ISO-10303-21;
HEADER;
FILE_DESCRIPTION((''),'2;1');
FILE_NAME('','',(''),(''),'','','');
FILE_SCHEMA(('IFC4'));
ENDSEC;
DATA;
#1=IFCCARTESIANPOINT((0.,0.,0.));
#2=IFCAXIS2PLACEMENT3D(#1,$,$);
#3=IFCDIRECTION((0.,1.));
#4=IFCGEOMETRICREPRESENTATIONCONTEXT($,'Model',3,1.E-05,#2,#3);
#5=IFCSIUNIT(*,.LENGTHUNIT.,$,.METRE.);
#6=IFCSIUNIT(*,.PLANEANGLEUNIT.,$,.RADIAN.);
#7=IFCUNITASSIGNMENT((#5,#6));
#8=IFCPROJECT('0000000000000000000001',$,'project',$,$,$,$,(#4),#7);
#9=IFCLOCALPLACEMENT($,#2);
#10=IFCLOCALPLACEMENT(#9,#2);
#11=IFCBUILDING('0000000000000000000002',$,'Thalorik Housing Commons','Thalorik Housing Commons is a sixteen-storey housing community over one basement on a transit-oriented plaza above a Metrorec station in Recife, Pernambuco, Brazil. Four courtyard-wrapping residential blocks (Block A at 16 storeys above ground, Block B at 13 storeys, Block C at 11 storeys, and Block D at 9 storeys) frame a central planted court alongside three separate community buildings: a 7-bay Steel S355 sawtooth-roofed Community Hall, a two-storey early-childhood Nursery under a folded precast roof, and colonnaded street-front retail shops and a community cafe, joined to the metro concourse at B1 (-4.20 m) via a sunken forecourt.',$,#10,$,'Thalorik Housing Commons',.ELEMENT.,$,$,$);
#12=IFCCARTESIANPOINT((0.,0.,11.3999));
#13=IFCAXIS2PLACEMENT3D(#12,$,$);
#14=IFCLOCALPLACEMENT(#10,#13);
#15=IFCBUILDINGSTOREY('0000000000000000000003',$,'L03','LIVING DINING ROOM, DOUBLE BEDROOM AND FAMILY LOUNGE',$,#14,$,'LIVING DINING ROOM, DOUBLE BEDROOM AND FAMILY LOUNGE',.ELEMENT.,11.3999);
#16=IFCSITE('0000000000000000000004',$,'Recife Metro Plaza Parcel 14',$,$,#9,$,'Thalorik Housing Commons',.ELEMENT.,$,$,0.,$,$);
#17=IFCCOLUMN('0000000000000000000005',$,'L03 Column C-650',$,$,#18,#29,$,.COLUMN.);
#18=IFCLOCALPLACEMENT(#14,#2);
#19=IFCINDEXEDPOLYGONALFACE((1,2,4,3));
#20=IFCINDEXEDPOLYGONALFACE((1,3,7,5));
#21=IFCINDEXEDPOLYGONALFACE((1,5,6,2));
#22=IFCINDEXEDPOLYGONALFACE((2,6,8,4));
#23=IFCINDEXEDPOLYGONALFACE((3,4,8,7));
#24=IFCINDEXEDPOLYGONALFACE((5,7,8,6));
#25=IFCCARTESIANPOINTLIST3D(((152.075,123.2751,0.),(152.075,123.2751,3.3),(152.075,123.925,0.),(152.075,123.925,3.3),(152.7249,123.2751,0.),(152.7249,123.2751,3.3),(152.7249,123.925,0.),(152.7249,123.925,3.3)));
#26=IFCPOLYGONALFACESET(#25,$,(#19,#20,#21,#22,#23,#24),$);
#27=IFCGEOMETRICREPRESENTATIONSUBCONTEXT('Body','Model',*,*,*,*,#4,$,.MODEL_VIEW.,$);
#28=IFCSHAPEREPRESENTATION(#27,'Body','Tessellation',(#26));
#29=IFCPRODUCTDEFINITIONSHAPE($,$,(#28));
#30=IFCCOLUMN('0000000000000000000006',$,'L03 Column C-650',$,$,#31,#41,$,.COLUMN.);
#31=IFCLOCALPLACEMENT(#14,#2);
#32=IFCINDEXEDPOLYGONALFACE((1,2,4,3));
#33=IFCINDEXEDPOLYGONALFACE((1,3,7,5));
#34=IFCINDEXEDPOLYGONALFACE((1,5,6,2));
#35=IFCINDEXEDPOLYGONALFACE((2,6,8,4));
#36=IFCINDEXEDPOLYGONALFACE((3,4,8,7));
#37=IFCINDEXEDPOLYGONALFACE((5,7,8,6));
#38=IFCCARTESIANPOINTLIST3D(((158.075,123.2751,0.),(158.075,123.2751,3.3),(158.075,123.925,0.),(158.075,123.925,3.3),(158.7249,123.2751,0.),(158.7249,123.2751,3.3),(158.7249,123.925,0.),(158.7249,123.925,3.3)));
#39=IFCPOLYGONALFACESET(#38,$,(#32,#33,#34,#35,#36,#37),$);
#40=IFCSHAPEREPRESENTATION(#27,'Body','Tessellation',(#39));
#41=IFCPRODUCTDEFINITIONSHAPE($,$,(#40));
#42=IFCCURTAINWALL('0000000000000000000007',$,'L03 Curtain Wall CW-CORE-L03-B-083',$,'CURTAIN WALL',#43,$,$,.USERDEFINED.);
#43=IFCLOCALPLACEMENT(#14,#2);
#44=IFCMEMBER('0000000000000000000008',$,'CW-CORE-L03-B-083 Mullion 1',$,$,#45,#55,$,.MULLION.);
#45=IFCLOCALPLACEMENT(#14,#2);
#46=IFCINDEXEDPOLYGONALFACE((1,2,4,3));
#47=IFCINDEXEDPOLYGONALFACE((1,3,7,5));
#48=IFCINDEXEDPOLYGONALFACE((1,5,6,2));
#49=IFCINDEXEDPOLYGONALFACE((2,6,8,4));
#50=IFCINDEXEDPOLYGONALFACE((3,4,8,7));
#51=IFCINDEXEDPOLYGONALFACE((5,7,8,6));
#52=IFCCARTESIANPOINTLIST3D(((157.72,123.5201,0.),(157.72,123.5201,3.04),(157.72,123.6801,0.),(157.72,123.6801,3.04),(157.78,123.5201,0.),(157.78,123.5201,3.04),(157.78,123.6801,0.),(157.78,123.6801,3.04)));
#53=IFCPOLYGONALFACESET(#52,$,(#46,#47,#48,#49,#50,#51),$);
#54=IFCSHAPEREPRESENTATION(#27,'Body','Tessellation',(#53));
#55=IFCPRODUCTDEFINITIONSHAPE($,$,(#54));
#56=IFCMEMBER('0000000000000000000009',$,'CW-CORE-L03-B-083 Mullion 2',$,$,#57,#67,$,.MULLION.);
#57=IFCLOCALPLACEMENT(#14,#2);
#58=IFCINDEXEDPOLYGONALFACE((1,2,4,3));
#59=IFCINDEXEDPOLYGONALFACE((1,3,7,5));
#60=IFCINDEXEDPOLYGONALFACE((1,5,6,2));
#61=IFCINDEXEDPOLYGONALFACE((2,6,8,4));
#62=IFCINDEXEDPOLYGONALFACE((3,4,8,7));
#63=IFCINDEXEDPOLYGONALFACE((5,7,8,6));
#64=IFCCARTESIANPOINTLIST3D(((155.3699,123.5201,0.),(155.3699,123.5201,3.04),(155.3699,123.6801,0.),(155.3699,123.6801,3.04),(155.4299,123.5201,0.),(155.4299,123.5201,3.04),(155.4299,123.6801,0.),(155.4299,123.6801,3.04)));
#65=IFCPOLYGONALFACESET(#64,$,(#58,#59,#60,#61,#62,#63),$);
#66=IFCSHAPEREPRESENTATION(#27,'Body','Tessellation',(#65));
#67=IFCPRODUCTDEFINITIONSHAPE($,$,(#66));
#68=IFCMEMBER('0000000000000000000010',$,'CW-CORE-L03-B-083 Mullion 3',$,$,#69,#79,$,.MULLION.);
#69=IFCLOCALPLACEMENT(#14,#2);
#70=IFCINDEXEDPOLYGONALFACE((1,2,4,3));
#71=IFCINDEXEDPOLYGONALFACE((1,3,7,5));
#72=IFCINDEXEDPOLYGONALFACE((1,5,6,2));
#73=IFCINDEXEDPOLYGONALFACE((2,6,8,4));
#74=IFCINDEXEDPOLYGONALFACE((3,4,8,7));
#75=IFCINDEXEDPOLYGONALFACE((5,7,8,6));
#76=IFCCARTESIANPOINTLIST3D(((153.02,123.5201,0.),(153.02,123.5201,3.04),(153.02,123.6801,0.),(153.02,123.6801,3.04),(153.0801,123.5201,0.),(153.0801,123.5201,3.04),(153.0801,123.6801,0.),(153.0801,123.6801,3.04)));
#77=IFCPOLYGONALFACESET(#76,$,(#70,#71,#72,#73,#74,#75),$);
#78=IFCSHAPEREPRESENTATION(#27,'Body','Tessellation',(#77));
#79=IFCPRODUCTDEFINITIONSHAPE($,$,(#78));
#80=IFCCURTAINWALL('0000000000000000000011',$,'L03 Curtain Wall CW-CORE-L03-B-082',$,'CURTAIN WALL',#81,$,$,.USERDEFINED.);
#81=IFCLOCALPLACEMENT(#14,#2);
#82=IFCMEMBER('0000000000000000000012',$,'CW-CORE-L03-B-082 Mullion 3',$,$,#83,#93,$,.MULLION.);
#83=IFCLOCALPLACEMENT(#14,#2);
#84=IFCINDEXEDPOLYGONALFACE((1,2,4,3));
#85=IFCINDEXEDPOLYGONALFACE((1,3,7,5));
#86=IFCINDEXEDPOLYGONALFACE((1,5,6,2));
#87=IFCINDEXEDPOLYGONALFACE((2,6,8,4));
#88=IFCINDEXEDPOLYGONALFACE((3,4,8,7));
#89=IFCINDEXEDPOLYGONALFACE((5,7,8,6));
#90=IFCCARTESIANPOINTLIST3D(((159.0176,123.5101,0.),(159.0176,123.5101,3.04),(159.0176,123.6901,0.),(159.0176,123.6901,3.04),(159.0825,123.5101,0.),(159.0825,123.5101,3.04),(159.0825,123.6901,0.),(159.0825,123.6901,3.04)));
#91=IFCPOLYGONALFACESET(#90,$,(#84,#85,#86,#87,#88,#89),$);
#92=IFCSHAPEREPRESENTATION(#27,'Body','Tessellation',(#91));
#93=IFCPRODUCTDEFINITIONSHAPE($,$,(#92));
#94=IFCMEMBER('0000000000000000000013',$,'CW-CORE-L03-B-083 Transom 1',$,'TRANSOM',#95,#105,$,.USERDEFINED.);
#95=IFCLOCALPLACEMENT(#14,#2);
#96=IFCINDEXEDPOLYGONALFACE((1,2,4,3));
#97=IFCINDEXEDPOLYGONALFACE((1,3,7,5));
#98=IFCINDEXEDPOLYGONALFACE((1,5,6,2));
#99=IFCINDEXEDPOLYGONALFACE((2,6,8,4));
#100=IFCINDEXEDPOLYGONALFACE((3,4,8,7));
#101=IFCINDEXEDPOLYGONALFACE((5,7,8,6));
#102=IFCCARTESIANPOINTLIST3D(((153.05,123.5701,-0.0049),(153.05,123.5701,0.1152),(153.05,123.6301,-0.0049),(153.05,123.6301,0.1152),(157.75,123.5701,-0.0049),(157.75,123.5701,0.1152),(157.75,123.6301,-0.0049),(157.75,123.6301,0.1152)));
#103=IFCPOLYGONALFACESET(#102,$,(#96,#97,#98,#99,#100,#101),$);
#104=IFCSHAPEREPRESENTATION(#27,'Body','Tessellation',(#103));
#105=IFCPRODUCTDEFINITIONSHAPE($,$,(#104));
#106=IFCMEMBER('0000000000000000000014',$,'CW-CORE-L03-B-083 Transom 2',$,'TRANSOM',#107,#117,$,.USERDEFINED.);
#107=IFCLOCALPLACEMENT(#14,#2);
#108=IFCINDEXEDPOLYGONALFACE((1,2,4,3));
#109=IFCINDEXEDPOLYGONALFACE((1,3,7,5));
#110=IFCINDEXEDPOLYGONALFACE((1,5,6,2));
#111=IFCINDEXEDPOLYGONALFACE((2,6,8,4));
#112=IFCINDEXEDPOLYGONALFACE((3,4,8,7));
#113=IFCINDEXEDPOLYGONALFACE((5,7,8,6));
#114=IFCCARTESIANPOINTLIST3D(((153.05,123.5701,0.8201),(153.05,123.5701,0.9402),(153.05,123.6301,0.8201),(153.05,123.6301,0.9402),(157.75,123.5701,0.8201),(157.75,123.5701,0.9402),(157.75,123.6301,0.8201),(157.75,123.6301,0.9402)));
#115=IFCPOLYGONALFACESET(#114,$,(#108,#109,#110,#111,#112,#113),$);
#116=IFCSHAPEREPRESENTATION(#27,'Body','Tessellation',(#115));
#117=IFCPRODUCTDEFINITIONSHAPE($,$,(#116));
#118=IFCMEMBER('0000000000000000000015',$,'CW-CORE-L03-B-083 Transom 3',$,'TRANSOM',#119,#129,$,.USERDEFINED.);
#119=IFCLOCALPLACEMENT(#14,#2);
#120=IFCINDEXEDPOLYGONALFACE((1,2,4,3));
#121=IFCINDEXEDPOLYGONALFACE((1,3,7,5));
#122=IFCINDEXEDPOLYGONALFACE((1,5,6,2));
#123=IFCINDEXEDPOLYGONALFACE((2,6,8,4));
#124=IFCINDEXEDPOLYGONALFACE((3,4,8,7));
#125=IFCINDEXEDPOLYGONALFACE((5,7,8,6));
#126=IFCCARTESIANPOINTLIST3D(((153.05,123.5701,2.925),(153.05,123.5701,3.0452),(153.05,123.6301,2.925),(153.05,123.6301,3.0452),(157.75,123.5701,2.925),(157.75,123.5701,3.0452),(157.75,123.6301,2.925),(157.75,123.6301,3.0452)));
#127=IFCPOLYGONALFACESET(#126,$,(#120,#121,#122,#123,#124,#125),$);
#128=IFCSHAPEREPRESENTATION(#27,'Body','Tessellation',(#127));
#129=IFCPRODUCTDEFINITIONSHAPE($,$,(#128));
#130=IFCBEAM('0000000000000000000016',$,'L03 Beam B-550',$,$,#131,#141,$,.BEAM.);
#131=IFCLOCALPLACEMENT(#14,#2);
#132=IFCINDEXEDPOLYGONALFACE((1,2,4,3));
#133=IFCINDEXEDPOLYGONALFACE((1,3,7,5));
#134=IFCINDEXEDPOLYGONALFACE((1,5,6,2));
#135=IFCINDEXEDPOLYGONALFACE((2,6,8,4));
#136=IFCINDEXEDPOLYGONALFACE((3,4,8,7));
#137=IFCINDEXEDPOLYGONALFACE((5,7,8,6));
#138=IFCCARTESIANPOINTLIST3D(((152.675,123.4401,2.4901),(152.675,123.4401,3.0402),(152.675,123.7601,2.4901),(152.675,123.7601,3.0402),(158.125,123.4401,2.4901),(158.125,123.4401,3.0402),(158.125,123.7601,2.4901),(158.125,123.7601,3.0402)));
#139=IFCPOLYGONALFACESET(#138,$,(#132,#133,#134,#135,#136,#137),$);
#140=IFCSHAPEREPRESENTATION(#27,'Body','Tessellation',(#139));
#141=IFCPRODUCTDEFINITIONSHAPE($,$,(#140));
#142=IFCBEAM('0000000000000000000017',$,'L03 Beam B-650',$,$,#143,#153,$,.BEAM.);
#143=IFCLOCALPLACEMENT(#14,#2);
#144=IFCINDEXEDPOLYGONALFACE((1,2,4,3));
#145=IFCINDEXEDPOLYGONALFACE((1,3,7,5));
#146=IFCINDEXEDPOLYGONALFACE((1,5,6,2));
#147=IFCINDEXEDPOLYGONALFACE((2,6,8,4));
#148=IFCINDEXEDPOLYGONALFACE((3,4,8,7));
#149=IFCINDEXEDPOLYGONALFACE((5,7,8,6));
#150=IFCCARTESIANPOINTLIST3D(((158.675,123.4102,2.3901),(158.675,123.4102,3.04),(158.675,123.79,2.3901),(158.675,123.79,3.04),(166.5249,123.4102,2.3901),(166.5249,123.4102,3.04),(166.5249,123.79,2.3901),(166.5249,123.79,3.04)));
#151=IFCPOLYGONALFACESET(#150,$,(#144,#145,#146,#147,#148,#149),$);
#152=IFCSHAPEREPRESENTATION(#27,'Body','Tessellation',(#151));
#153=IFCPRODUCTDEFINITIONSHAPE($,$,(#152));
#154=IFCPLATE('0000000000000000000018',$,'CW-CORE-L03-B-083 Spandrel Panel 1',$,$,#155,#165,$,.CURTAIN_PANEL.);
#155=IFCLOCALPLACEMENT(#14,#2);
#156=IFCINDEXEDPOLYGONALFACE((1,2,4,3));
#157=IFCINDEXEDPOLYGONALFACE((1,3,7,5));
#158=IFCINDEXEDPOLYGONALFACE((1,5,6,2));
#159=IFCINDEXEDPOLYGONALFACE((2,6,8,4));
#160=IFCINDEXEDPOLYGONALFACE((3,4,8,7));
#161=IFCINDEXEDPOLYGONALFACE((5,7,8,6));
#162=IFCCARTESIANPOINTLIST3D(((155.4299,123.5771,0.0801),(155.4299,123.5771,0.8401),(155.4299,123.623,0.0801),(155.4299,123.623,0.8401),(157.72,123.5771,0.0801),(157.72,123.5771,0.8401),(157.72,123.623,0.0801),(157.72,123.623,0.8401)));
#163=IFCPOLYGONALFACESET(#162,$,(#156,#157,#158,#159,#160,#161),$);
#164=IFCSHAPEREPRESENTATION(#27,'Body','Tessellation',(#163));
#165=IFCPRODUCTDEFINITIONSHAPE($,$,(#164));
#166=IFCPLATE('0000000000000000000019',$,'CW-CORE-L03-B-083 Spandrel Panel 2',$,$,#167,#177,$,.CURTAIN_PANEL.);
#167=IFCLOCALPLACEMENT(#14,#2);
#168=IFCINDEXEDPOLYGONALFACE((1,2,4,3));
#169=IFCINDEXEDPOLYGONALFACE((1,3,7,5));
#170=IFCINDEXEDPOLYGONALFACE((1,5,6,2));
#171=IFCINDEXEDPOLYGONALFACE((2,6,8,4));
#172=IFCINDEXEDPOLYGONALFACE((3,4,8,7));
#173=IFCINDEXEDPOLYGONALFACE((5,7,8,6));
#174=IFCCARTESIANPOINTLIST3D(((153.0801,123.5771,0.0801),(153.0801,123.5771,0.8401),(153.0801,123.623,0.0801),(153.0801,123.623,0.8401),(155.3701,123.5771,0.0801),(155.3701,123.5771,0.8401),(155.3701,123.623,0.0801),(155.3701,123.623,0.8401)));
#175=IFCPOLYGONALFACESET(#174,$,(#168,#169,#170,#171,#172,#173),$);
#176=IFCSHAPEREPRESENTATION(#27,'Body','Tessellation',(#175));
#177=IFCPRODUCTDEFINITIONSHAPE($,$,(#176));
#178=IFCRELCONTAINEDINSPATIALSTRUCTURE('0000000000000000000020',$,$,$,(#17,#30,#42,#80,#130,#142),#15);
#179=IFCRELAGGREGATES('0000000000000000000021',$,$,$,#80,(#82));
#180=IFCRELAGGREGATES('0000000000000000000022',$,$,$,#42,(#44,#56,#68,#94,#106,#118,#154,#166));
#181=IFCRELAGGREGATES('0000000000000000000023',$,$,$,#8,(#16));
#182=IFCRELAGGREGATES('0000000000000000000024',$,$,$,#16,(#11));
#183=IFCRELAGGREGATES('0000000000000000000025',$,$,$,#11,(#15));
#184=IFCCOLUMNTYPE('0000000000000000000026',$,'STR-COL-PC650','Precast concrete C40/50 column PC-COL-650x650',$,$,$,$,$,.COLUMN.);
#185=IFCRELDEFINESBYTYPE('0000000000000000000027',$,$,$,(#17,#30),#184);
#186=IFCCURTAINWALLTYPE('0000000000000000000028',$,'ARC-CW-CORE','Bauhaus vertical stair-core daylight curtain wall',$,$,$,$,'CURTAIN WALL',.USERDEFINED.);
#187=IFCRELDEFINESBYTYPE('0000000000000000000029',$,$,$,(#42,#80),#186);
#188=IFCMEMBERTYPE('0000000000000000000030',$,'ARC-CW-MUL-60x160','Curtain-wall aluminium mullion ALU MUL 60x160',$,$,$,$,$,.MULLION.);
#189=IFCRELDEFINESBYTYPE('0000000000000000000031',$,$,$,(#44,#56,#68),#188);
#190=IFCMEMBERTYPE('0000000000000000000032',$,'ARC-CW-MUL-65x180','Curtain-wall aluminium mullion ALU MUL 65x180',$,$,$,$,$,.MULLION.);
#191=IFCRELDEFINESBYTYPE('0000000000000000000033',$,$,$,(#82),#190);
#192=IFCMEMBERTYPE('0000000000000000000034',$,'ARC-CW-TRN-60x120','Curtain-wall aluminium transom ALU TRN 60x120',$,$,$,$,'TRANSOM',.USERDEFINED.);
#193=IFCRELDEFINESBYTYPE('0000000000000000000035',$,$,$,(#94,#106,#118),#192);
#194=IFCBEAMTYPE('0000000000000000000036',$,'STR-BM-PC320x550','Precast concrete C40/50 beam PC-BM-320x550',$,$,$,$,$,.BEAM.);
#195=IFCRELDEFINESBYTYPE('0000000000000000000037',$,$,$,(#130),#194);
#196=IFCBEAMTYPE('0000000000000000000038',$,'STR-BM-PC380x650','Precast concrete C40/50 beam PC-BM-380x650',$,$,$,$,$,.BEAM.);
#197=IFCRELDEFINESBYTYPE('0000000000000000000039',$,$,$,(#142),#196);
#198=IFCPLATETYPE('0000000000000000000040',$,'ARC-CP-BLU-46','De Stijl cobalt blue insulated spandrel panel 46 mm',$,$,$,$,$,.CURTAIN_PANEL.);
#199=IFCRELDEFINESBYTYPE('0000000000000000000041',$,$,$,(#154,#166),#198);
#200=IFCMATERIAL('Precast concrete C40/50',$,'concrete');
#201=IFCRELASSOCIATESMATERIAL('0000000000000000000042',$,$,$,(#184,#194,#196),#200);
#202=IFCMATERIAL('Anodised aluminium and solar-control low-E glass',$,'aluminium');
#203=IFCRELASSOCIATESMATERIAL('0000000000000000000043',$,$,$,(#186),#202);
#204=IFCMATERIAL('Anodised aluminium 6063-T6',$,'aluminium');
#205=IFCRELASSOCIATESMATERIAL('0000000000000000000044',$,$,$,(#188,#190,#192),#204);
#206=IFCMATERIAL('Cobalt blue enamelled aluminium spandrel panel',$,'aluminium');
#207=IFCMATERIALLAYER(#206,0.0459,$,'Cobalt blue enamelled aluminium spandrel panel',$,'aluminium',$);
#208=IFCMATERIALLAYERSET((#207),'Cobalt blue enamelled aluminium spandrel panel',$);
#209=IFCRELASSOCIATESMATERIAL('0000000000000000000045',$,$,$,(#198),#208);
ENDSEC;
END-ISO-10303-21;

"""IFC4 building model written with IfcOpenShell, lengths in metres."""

from ifc_helpers import new_model, si_unit, direction, frame, origin, origin_2d, place, context, subcontext, project, spatial, rectangle, extrude, material, layer, layer_set, material_profile, profile_set, type_object, element, aggregate, save


model = new_model("IFC4")

# Units and contexts
model_context = context("Model", 3, precision=1e-05, world=origin(), true_north=direction((0.0, 1.0)))
body_context = subcontext(model_context, "Body", "Model", "MODEL_VIEW")
ifc_project = project(units=[si_unit("LENGTHUNIT", "METRE"), si_unit("PLANEANGLEUNIT", "RADIAN")], contexts=[model_context])

# Site, building, storey
site_placement = place(None, origin())
site = spatial("IfcSite", under=ifc_project, at=site_placement, Name="Recife Metro Plaza Parcel 14", LongName="Thalorik Housing Commons", CompositionType="ELEMENT", RefElevation=0.0)
building_placement = place(site_placement, origin())
building = spatial("IfcBuilding", under=site, at=building_placement, Name="Thalorik Housing Commons", Description="Thalorik Housing Commons is a sixteen-storey housing community over one basement on a transit-oriented plaza above a Metrorec station in Recife, Pernambuco, Brazil. Four courtyard-wrapping residential blocks (Block A at 16 storeys above ground, Block B at 13 storeys, Block C at 11 storeys, and Block D at 9 storeys) frame a central planted court alongside three separate community buildings: a 7-bay Steel S355 sawtooth-roofed Community Hall, a two-storey early-childhood Nursery under a folded precast roof, and colonnaded street-front retail shops and a community cafe, joined to the metro concourse at B1 (-4.20 m) via a sunken forecourt.", LongName="Thalorik Housing Commons", CompositionType="ELEMENT")
storey_placement = place(building_placement, frame((0.0, 0.0, 11.3999)))
storey = spatial("IfcBuildingStorey", under=building, at=storey_placement, Name="L03", Description="LIVING DINING ROOM, DOUBLE BEDROOM AND FAMILY LOUNGE", LongName="LIVING DINING ROOM, DOUBLE BEDROOM AND FAMILY LOUNGE", CompositionType="ELEMENT", Elevation=11.3999)

# Columns
ifc_material_1 = material(Name="Precast concrete C40/50", Category="concrete")
ifc_material_profile_1 = material_profile(ifc_material_1, rectangle(XDim=0.6499, YDim=0.6499, at=origin_2d()), Name="PC 650x650", Category="concrete")
ifc_profile_set_1 = profile_set([ifc_material_profile_1], Name="Precast concrete C40/50")
column_type = type_object("IfcColumnType", Name="STR-COL-PC650", Description="Precast concrete C40/50 column PC-COL-650x650", PredefinedType="COLUMN", material=ifc_profile_set_1)
for number, where, z_axis, x_axis, name in (
    (1, (152.3999, 123.6001, 0.0), (0.0, 0.0, 1.0), (1.0, 0.0, 0.0), "L03 Column C-650"),
    (2, (158.3999, 123.6001, 0.0), (0.0, 0.0, 1.0), (1.0, 0.0, 0.0), "L03 Column C-650"),
):
    element("IfcColumn", number, at=place(storey_placement, frame(where, z_axis=z_axis, x_axis=x_axis)), inside=storey, type_object=column_type, Name=name, PredefinedType="COLUMN", context=body_context, shape_type="SweptSolid", body=[
        extrude(rectangle(XDim=0.6499, YDim=0.6499, at=origin_2d()), origin(), (0.0, 0.0, 1.0), 3.3),
    ])

# Curtain wall, members
ifc_material_2 = material(Name="Anodised aluminium and solar-control low-E glass", Category="aluminium")
curtain_wall_type = type_object("IfcCurtainWallType", Name="ARC-CW-CORE", Description="Bauhaus vertical stair-core daylight curtain wall", ElementType="CURTAIN WALL", PredefinedType="USERDEFINED", material=ifc_material_2)
curtain_wall_1_placement = place(storey_placement, origin())
curtain_wall_1 = element("IfcCurtainWall", 3, at=curtain_wall_1_placement, inside=storey, type_object=curtain_wall_type, Name="L03 Curtain Wall CW-CORE-L03-B-083", ObjectType="CURTAIN WALL", PredefinedType="USERDEFINED")
ifc_material_3 = material(Name="Anodised aluminium 6063-T6", Category="aluminium")
ifc_material_profile_2 = material_profile(ifc_material_3, rectangle(XDim=0.0601, YDim=0.1599, at=origin_2d()), Name="ALU MUL 60x160", Category="aluminium")
ifc_profile_set_2 = profile_set([ifc_material_profile_2], Name="Anodised aluminium 6063-T6")
member_type_1 = type_object("IfcMemberType", Name="ARC-CW-MUL-60x160", Description="Curtain-wall aluminium mullion ALU MUL 60x160", PredefinedType="MULLION", material=ifc_profile_set_2)
member_1_placement = place(storey_placement, frame((157.75, 123.6001, 0.0), z_axis=(0.0, 0.0, 1.0), x_axis=(-1.0, 0.0, 0.0)))
member_1 = element("IfcMember", 4, at=member_1_placement, type_object=member_type_1, Name="CW-CORE-L03-B-083 Mullion 1", PredefinedType="MULLION", context=body_context, shape_type="SweptSolid", body=[
    extrude(rectangle(XDim=0.0601, YDim=0.1599, at=origin_2d()), origin(), (0.0, 0.0, 1.0), 3.04),
])
member_2_placement = place(storey_placement, frame((155.3999, 123.6001, 0.0), z_axis=(0.0, 0.0, 1.0), x_axis=(-1.0, 0.0, 0.0)))
member_2 = element("IfcMember", 5, at=member_2_placement, type_object=member_type_1, Name="CW-CORE-L03-B-083 Mullion 2", PredefinedType="MULLION", context=body_context, shape_type="SweptSolid", body=[
    extrude(rectangle(XDim=0.0601, YDim=0.1599, at=origin_2d()), origin(), (0.0, 0.0, 1.0), 3.04),
])
member_3_placement = place(storey_placement, frame((153.05, 123.6001, 0.0), z_axis=(0.0, 0.0, 1.0), x_axis=(-1.0, 0.0, 0.0)))
member_3 = element("IfcMember", 6, at=member_3_placement, type_object=member_type_1, Name="CW-CORE-L03-B-083 Mullion 3", PredefinedType="MULLION", context=body_context, shape_type="SweptSolid", body=[
    extrude(rectangle(XDim=0.0601, YDim=0.1599, at=origin_2d()), origin(), (0.0, 0.0, 1.0), 3.04),
])

# Curtain wall, member
curtain_wall_2_placement = place(storey_placement, origin())
curtain_wall_2 = element("IfcCurtainWall", 7, at=curtain_wall_2_placement, inside=storey, type_object=curtain_wall_type, Name="L03 Curtain Wall CW-CORE-L03-B-082", ObjectType="CURTAIN WALL", PredefinedType="USERDEFINED")
ifc_material_profile_3 = material_profile(ifc_material_3, rectangle(XDim=0.0649, YDim=0.1799, at=origin_2d()), Name="ALU MUL 65x180", Category="aluminium")
ifc_profile_set_3 = profile_set([ifc_material_profile_3], Name="Anodised aluminium 6063-T6")
member_type_2 = type_object("IfcMemberType", Name="ARC-CW-MUL-65x180", Description="Curtain-wall aluminium mullion ALU MUL 65x180", PredefinedType="MULLION", material=ifc_profile_set_3)
member_4_placement = place(storey_placement, frame((159.05, 123.6001, 0.0), z_axis=(0.0, 0.0, 1.0), x_axis=(-1.0, 0.0, 0.0)))
member_4 = element("IfcMember", 8, at=member_4_placement, type_object=member_type_2, Name="CW-CORE-L03-B-082 Mullion 3", PredefinedType="MULLION", context=body_context, shape_type="SweptSolid", body=[
    extrude(rectangle(XDim=0.0649, YDim=0.1799, at=origin_2d()), origin(), (0.0, 0.0, 1.0), 3.04),
])
aggregate(curtain_wall_2, [member_4])

# Members
ifc_material_profile_4 = material_profile(ifc_material_3, rectangle(XDim=0.0601, YDim=0.1201, at=origin_2d()), Name="ALU TRN 60x120", Category="aluminium")
ifc_profile_set_4 = profile_set([ifc_material_profile_4], Name="Anodised aluminium 6063-T6")
member_type_3 = type_object("IfcMemberType", Name="ARC-CW-TRN-60x120", Description="Curtain-wall aluminium transom ALU TRN 60x120", ElementType="TRANSOM", PredefinedType="USERDEFINED", material=ifc_profile_set_4)
member_5_placement = place(storey_placement, frame((157.75, 123.6001, 0.0552), z_axis=(-1.0, 0.0, 0.0), x_axis=(0.0, -1.0, 0.0)))
member_5 = element("IfcMember", 9, at=member_5_placement, type_object=member_type_3, Name="CW-CORE-L03-B-083 Transom 1", ObjectType="TRANSOM", PredefinedType="USERDEFINED", context=body_context, shape_type="SweptSolid", body=[
    extrude(rectangle(XDim=0.0601, YDim=0.1201, at=origin_2d()), origin(), (0.0, 0.0, 1.0), 4.7),
])
member_6_placement = place(storey_placement, frame((157.75, 123.6001, 0.8801), z_axis=(-1.0, 0.0, 0.0), x_axis=(0.0, -1.0, 0.0)))
member_6 = element("IfcMember", 10, at=member_6_placement, type_object=member_type_3, Name="CW-CORE-L03-B-083 Transom 2", ObjectType="TRANSOM", PredefinedType="USERDEFINED", context=body_context, shape_type="SweptSolid", body=[
    extrude(rectangle(XDim=0.0601, YDim=0.1201, at=origin_2d()), origin(), (0.0, 0.0, 1.0), 4.7),
])
member_7_placement = place(storey_placement, frame((157.75, 123.6001, 2.9851), z_axis=(-1.0, 0.0, 0.0), x_axis=(0.0, -1.0, 0.0)))
member_7 = element("IfcMember", 11, at=member_7_placement, type_object=member_type_3, Name="CW-CORE-L03-B-083 Transom 3", ObjectType="TRANSOM", PredefinedType="USERDEFINED", context=body_context, shape_type="SweptSolid", body=[
    extrude(rectangle(XDim=0.0601, YDim=0.1201, at=origin_2d()), origin(), (0.0, 0.0, 1.0), 4.7),
])

# Beams
ifc_material_profile_5 = material_profile(ifc_material_1, rectangle(XDim=0.3201, YDim=0.55, at=origin_2d()), Name="PC 320x550", Category="concrete")
ifc_profile_set_5 = profile_set([ifc_material_profile_5], Name="Precast concrete C40/50")
beam_type_1 = type_object("IfcBeamType", Name="STR-BM-PC320x550", Description="Precast concrete C40/50 beam PC-BM-320x550", PredefinedType="BEAM", material=ifc_profile_set_5)
beam_1_placement = place(storey_placement, frame((152.675, 123.6001, 2.7651), z_axis=(1.0, 0.0, 0.0), x_axis=(0.0, 1.0, 0.0)))
element("IfcBeam", 12, at=beam_1_placement, inside=storey, type_object=beam_type_1, Name="L03 Beam B-550", PredefinedType="BEAM", context=body_context, shape_type="SweptSolid", body=[
    extrude(rectangle(XDim=0.3201, YDim=0.55, at=origin_2d()), origin(), (0.0, 0.0, 1.0), 5.45),
])
ifc_material_profile_6 = material_profile(ifc_material_1, rectangle(XDim=0.3799, YDim=0.6499, at=origin_2d()), Name="PC 380x650", Category="concrete")
ifc_profile_set_6 = profile_set([ifc_material_profile_6], Name="Precast concrete C40/50")
beam_type_2 = type_object("IfcBeamType", Name="STR-BM-PC380x650", Description="Precast concrete C40/50 beam PC-BM-380x650", PredefinedType="BEAM", material=ifc_profile_set_6)
beam_2_placement = place(storey_placement, frame((158.675, 123.6001, 2.7151), z_axis=(1.0, 0.0, 0.0), x_axis=(0.0, 1.0, 0.0)))
element("IfcBeam", 13, at=beam_2_placement, inside=storey, type_object=beam_type_2, Name="L03 Beam B-650", PredefinedType="BEAM", context=body_context, shape_type="SweptSolid", body=[
    extrude(rectangle(XDim=0.3799, YDim=0.6499, at=origin_2d()), origin(), (0.0, 0.0, 1.0), 7.8499),
])

# Plates
ifc_material_4 = material(Name="Cobalt blue enamelled aluminium spandrel panel", Category="aluminium")
ifc_layer_1 = layer(ifc_material_4, 0.0459, Name="Cobalt blue enamelled aluminium spandrel panel", Category="aluminium")
ifc_layer_set_1 = layer_set([ifc_layer_1], Name="Cobalt blue enamelled aluminium spandrel panel")
plate_type_1 = type_object("IfcPlateType", Name="ARC-CP-BLU-46", Description="De Stijl cobalt blue insulated spandrel panel 46 mm", PredefinedType="CURTAIN_PANEL", material=ifc_layer_set_1)
plate_1_placement = place(storey_placement, frame((156.575, 123.6001, 0.0801), z_axis=(0.0, 0.0, 1.0), x_axis=(-1.0, 0.0, 0.0)))
plate_1 = element("IfcPlate", 14, at=plate_1_placement, type_object=plate_type_1, Name="CW-CORE-L03-B-083 Spandrel Panel 1", PredefinedType="CURTAIN_PANEL", context=body_context, shape_type="SweptSolid", body=[
    extrude(rectangle(XDim=2.29, YDim=0.0459, at=origin_2d()), origin(), (0.0, 0.0, 1.0), 0.76),
])
plate_2_placement = place(storey_placement, frame((154.2251, 123.6001, 0.0801), z_axis=(0.0, 0.0, 1.0), x_axis=(-1.0, 0.0, 0.0)))
plate_2 = element("IfcPlate", 15, at=plate_2_placement, type_object=plate_type_1, Name="CW-CORE-L03-B-083 Spandrel Panel 2", PredefinedType="CURTAIN_PANEL", context=body_context, shape_type="SweptSolid", body=[
    extrude(rectangle(XDim=2.29, YDim=0.0459, at=origin_2d()), origin(), (0.0, 0.0, 1.0), 0.76),
])
aggregate(curtain_wall_1, [member_1, member_2, member_3, member_5, member_6, member_7, plate_1, plate_2])

save(model, "model.ifc")
